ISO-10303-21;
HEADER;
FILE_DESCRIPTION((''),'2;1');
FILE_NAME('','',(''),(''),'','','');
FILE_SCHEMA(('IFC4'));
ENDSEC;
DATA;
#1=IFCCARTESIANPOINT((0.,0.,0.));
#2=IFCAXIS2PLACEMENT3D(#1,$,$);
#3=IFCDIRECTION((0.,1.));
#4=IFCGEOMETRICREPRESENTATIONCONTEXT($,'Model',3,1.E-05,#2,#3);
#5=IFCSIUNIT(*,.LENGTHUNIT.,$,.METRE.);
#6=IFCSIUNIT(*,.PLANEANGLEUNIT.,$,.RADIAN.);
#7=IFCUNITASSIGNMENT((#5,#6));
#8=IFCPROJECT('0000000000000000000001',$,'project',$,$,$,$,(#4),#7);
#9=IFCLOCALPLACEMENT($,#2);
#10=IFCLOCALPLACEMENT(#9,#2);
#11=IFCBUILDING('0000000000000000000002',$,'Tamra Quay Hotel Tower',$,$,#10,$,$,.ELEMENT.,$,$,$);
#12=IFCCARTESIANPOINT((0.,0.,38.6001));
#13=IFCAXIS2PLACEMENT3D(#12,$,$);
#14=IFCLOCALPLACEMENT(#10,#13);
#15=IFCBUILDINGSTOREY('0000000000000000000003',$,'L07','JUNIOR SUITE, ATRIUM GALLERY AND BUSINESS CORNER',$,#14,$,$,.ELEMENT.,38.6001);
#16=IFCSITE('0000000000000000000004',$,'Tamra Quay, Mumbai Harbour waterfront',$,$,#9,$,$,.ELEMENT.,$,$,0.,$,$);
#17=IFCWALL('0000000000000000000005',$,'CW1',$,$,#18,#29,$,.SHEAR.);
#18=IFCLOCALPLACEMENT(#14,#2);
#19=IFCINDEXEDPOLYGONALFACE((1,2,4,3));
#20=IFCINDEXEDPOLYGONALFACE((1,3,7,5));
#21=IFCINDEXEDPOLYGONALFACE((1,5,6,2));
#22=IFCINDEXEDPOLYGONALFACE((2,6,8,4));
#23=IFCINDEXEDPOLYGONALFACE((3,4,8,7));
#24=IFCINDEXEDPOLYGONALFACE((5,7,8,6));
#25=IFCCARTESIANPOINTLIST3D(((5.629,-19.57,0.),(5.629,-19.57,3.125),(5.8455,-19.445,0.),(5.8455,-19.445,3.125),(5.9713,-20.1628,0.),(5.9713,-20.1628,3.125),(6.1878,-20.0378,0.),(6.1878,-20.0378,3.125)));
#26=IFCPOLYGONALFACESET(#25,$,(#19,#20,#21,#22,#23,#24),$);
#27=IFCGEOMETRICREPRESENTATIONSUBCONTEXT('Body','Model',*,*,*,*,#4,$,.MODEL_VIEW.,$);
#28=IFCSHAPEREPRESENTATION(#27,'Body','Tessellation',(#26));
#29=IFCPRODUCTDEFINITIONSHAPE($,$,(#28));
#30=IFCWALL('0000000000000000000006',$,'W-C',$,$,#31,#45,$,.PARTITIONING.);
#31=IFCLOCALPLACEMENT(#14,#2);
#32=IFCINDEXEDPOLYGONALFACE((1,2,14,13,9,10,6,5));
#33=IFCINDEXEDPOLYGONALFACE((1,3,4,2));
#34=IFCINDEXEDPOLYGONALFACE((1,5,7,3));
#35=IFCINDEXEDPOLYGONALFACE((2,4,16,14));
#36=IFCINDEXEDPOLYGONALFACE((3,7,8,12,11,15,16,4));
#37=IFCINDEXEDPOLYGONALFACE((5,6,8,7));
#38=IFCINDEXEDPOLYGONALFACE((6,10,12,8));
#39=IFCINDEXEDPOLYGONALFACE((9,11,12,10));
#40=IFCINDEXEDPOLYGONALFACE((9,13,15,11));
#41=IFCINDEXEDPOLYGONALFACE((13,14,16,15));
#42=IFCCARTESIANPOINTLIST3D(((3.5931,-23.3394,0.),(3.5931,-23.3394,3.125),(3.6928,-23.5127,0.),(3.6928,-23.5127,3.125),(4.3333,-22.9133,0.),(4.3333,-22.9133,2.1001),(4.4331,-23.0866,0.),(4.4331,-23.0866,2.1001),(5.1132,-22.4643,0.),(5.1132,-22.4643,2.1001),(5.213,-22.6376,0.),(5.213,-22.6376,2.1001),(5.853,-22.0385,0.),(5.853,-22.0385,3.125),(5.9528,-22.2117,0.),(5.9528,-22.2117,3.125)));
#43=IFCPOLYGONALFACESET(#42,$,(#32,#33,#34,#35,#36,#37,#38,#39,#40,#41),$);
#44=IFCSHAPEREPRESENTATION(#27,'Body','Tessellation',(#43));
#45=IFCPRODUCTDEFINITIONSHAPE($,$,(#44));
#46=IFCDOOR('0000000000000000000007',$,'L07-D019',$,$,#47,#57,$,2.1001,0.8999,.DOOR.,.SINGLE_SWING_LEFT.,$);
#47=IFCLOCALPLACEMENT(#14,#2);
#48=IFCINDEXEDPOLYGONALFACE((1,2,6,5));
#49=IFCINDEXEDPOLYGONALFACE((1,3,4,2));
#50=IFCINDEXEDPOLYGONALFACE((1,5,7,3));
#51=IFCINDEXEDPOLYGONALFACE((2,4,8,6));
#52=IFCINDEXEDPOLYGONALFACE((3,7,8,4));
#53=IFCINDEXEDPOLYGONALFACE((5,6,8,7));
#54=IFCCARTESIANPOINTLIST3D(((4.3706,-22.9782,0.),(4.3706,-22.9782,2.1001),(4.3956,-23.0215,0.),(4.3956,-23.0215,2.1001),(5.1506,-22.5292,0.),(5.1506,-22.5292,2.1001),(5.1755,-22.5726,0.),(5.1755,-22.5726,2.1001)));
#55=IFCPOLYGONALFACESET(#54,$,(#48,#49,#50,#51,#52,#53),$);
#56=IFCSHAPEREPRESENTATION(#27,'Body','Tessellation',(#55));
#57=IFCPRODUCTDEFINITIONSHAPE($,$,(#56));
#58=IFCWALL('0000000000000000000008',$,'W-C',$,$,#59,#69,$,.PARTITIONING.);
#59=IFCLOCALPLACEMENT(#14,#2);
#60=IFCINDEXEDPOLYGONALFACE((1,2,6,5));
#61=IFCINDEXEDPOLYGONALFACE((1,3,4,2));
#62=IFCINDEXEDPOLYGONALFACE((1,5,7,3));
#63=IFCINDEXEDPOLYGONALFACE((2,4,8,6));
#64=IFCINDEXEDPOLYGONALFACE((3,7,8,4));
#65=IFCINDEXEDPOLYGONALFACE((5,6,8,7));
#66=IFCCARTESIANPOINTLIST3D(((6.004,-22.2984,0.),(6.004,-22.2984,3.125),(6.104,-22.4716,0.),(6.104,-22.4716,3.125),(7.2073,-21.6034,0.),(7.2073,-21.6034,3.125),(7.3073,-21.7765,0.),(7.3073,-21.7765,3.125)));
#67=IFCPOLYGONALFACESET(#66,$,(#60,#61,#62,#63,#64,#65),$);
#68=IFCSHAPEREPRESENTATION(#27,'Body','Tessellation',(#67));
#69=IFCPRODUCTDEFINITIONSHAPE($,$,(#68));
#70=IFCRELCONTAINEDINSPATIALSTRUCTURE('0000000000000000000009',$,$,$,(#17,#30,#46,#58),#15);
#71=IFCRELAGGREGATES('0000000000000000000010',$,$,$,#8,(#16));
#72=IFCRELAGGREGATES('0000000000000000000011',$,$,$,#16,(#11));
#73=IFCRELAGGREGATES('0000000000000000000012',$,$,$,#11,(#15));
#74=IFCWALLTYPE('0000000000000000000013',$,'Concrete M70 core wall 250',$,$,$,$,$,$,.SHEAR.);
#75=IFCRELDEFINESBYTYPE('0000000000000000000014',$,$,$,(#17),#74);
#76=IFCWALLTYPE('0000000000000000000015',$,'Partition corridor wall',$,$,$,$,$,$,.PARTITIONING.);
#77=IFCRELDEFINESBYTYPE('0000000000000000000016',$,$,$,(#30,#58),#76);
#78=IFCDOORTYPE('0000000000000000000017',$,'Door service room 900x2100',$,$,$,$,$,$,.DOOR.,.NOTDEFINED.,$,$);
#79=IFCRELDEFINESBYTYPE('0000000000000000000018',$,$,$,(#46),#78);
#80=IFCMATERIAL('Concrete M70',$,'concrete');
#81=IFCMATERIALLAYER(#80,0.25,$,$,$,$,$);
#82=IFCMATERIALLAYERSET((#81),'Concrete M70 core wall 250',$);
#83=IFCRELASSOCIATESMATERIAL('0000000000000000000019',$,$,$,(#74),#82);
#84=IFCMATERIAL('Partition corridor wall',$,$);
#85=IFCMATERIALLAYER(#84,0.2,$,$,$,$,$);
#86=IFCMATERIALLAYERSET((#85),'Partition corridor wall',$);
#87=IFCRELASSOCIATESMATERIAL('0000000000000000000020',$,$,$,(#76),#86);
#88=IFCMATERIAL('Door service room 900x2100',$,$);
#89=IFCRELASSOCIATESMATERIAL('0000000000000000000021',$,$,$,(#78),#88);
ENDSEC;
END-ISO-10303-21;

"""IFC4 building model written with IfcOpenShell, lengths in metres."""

from ifc_helpers import new_model, si_unit, direction, frame, frame_2d, origin, place, context, subcontext, project, spatial, rectangle, extrude, material, layer, layer_set, type_object, element, fill, save


model = new_model("IFC4")

# Units and contexts
model_context = context("Model", 3, precision=1e-05, world=origin(), true_north=direction((0.0, 1.0)))
body_context = subcontext(model_context, "Body", "Model", "MODEL_VIEW")
ifc_project = project(units=[si_unit("LENGTHUNIT", "METRE"), si_unit("PLANEANGLEUNIT", "RADIAN")], contexts=[model_context])

# Site, building, storey
site_placement = place(None, origin())
site = spatial("IfcSite", under=ifc_project, at=site_placement, Name="Tamra Quay, Mumbai Harbour waterfront", CompositionType="ELEMENT", RefElevation=0.0)
building_placement = place(site_placement, origin())
building = spatial("IfcBuilding", under=site, at=building_placement, Name="Tamra Quay Hotel Tower", CompositionType="ELEMENT")
storey_placement = place(building_placement, frame((0.0, 0.0, 38.6001)))
storey = spatial("IfcBuildingStorey", under=building, at=storey_placement, Name="L07", Description="JUNIOR SUITE, ATRIUM GALLERY AND BUSINESS CORNER", CompositionType="ELEMENT", Elevation=38.6001)

# Shared definitions
ifc_material_1 = material(Name="Concrete M70", Category="concrete")

# Shared definitions
ifc_layer_1 = layer(ifc_material_1, 0.25)
ifc_layer_set_1 = layer_set([ifc_layer_1], Name="Concrete M70 core wall 250")
wall_type_1 = type_object("IfcWallType", Name="Concrete M70 core wall 250", PredefinedType="SHEAR", material=ifc_layer_set_1)

# Wall
wall_1_placement = place(storey_placement, frame((6.0796, -20.1003, 0.0), z_axis=(0.0, 0.0, 1.0), x_axis=(-0.500052, 0.865996, 0.0)))
element("IfcWall", 1, at=wall_1_placement, inside=storey, type_object=wall_type_1, Name="CW1", PredefinedType="SHEAR", context=body_context, shape_type="SweptSolid", body=[
    extrude(rectangle(XDim=0.6846, YDim=0.25, at=frame_2d((0.3423, 0.0))), origin(), (0.0, 0.0, 1.0), 3.125),
])

# Wall, opening, door
ifc_material_2 = material(Name="Partition corridor wall")
ifc_layer_2 = layer(ifc_material_2, 0.2)
ifc_layer_set_2 = layer_set([ifc_layer_2], Name="Partition corridor wall")
wall_type_2 = type_object("IfcWallType", Name="Partition corridor wall", PredefinedType="PARTITIONING", material=ifc_layer_set_2)
wall_2_placement = place(storey_placement, frame((3.6431, -23.426, 0.0), z_axis=(0.0, 0.0, 1.0), x_axis=(0.866654, 0.498909, 0.0)))
wall_2 = element("IfcWall", 2, at=wall_2_placement, inside=storey, type_object=wall_type_2, Name="W-C", PredefinedType="PARTITIONING", context=body_context, shape_type="SweptSolid", body=[
    extrude(rectangle(XDim=2.6077, YDim=0.2, at=frame_2d((1.3037, 0.0))), origin(), (0.0, 0.0, 1.0), 3.125),
])
opening_1_placement = place(wall_2_placement, frame((0.854, 0.0, 0.0)))
opening_1 = element("IfcOpeningElement", 3, at=opening_1_placement, cuts=wall_2, PredefinedType="OPENING", context=body_context, shape_type="SweptSolid", body=[
    extrude(rectangle(XDim=0.8999, YDim=2.1001, at=frame_2d((0.45, 1.05))), frame((0.0, 0.1099, 0.0), z_axis=(0.0, -1.0, 0.0), x_axis=(1.0, 0.0, 0.0)), (0.0, 0.0, 1.0), 0.22),
])
ifc_material_3 = material(Name="Door service room 900x2100")
door_type_1 = type_object("IfcDoorType", Name="Door service room 900x2100", OperationType="NOTDEFINED", PredefinedType="DOOR", material=ifc_material_3)
door_1_placement = place(opening_1_placement, frame((0.8999, 0.0, 0.0), z_axis=(0.0, 0.0, 1.0), x_axis=(-1.0, 0.0, 0.0)))
door_1 = element("IfcDoor", 4, at=door_1_placement, inside=storey, type_object=door_type_1, Name="L07-D019", OperationType="SINGLE_SWING_LEFT", OverallHeight=2.1001, OverallWidth=0.8999, PredefinedType="DOOR", context=body_context, shape_type="SweptSolid", body=[
    extrude(rectangle(XDim=0.8999, YDim=2.1001, at=frame_2d((0.45, 1.05))), frame((0.0, 0.0249, 0.0), z_axis=(0.0, -1.0, 0.0), x_axis=(1.0, 0.0, 0.0)), (0.0, 0.0, 1.0), 0.05),
])
fill(opening_1, door_1)

# Wall
wall_3_placement = place(storey_placement, frame((6.054, -22.385, 0.0), z_axis=(0.0, 0.0, 1.0), x_axis=(0.865931, 0.500163, 0.0)))
element("IfcWall", 5, at=wall_3_placement, inside=storey, type_object=wall_type_2, Name="W-C", PredefinedType="PARTITIONING", context=body_context, shape_type="SweptSolid", body=[
    extrude(rectangle(XDim=1.3896, YDim=0.2, at=frame_2d((0.6948, 0.0))), origin(), (0.0, 0.0, 1.0), 3.125),
])

save(model, "model.ifc")
